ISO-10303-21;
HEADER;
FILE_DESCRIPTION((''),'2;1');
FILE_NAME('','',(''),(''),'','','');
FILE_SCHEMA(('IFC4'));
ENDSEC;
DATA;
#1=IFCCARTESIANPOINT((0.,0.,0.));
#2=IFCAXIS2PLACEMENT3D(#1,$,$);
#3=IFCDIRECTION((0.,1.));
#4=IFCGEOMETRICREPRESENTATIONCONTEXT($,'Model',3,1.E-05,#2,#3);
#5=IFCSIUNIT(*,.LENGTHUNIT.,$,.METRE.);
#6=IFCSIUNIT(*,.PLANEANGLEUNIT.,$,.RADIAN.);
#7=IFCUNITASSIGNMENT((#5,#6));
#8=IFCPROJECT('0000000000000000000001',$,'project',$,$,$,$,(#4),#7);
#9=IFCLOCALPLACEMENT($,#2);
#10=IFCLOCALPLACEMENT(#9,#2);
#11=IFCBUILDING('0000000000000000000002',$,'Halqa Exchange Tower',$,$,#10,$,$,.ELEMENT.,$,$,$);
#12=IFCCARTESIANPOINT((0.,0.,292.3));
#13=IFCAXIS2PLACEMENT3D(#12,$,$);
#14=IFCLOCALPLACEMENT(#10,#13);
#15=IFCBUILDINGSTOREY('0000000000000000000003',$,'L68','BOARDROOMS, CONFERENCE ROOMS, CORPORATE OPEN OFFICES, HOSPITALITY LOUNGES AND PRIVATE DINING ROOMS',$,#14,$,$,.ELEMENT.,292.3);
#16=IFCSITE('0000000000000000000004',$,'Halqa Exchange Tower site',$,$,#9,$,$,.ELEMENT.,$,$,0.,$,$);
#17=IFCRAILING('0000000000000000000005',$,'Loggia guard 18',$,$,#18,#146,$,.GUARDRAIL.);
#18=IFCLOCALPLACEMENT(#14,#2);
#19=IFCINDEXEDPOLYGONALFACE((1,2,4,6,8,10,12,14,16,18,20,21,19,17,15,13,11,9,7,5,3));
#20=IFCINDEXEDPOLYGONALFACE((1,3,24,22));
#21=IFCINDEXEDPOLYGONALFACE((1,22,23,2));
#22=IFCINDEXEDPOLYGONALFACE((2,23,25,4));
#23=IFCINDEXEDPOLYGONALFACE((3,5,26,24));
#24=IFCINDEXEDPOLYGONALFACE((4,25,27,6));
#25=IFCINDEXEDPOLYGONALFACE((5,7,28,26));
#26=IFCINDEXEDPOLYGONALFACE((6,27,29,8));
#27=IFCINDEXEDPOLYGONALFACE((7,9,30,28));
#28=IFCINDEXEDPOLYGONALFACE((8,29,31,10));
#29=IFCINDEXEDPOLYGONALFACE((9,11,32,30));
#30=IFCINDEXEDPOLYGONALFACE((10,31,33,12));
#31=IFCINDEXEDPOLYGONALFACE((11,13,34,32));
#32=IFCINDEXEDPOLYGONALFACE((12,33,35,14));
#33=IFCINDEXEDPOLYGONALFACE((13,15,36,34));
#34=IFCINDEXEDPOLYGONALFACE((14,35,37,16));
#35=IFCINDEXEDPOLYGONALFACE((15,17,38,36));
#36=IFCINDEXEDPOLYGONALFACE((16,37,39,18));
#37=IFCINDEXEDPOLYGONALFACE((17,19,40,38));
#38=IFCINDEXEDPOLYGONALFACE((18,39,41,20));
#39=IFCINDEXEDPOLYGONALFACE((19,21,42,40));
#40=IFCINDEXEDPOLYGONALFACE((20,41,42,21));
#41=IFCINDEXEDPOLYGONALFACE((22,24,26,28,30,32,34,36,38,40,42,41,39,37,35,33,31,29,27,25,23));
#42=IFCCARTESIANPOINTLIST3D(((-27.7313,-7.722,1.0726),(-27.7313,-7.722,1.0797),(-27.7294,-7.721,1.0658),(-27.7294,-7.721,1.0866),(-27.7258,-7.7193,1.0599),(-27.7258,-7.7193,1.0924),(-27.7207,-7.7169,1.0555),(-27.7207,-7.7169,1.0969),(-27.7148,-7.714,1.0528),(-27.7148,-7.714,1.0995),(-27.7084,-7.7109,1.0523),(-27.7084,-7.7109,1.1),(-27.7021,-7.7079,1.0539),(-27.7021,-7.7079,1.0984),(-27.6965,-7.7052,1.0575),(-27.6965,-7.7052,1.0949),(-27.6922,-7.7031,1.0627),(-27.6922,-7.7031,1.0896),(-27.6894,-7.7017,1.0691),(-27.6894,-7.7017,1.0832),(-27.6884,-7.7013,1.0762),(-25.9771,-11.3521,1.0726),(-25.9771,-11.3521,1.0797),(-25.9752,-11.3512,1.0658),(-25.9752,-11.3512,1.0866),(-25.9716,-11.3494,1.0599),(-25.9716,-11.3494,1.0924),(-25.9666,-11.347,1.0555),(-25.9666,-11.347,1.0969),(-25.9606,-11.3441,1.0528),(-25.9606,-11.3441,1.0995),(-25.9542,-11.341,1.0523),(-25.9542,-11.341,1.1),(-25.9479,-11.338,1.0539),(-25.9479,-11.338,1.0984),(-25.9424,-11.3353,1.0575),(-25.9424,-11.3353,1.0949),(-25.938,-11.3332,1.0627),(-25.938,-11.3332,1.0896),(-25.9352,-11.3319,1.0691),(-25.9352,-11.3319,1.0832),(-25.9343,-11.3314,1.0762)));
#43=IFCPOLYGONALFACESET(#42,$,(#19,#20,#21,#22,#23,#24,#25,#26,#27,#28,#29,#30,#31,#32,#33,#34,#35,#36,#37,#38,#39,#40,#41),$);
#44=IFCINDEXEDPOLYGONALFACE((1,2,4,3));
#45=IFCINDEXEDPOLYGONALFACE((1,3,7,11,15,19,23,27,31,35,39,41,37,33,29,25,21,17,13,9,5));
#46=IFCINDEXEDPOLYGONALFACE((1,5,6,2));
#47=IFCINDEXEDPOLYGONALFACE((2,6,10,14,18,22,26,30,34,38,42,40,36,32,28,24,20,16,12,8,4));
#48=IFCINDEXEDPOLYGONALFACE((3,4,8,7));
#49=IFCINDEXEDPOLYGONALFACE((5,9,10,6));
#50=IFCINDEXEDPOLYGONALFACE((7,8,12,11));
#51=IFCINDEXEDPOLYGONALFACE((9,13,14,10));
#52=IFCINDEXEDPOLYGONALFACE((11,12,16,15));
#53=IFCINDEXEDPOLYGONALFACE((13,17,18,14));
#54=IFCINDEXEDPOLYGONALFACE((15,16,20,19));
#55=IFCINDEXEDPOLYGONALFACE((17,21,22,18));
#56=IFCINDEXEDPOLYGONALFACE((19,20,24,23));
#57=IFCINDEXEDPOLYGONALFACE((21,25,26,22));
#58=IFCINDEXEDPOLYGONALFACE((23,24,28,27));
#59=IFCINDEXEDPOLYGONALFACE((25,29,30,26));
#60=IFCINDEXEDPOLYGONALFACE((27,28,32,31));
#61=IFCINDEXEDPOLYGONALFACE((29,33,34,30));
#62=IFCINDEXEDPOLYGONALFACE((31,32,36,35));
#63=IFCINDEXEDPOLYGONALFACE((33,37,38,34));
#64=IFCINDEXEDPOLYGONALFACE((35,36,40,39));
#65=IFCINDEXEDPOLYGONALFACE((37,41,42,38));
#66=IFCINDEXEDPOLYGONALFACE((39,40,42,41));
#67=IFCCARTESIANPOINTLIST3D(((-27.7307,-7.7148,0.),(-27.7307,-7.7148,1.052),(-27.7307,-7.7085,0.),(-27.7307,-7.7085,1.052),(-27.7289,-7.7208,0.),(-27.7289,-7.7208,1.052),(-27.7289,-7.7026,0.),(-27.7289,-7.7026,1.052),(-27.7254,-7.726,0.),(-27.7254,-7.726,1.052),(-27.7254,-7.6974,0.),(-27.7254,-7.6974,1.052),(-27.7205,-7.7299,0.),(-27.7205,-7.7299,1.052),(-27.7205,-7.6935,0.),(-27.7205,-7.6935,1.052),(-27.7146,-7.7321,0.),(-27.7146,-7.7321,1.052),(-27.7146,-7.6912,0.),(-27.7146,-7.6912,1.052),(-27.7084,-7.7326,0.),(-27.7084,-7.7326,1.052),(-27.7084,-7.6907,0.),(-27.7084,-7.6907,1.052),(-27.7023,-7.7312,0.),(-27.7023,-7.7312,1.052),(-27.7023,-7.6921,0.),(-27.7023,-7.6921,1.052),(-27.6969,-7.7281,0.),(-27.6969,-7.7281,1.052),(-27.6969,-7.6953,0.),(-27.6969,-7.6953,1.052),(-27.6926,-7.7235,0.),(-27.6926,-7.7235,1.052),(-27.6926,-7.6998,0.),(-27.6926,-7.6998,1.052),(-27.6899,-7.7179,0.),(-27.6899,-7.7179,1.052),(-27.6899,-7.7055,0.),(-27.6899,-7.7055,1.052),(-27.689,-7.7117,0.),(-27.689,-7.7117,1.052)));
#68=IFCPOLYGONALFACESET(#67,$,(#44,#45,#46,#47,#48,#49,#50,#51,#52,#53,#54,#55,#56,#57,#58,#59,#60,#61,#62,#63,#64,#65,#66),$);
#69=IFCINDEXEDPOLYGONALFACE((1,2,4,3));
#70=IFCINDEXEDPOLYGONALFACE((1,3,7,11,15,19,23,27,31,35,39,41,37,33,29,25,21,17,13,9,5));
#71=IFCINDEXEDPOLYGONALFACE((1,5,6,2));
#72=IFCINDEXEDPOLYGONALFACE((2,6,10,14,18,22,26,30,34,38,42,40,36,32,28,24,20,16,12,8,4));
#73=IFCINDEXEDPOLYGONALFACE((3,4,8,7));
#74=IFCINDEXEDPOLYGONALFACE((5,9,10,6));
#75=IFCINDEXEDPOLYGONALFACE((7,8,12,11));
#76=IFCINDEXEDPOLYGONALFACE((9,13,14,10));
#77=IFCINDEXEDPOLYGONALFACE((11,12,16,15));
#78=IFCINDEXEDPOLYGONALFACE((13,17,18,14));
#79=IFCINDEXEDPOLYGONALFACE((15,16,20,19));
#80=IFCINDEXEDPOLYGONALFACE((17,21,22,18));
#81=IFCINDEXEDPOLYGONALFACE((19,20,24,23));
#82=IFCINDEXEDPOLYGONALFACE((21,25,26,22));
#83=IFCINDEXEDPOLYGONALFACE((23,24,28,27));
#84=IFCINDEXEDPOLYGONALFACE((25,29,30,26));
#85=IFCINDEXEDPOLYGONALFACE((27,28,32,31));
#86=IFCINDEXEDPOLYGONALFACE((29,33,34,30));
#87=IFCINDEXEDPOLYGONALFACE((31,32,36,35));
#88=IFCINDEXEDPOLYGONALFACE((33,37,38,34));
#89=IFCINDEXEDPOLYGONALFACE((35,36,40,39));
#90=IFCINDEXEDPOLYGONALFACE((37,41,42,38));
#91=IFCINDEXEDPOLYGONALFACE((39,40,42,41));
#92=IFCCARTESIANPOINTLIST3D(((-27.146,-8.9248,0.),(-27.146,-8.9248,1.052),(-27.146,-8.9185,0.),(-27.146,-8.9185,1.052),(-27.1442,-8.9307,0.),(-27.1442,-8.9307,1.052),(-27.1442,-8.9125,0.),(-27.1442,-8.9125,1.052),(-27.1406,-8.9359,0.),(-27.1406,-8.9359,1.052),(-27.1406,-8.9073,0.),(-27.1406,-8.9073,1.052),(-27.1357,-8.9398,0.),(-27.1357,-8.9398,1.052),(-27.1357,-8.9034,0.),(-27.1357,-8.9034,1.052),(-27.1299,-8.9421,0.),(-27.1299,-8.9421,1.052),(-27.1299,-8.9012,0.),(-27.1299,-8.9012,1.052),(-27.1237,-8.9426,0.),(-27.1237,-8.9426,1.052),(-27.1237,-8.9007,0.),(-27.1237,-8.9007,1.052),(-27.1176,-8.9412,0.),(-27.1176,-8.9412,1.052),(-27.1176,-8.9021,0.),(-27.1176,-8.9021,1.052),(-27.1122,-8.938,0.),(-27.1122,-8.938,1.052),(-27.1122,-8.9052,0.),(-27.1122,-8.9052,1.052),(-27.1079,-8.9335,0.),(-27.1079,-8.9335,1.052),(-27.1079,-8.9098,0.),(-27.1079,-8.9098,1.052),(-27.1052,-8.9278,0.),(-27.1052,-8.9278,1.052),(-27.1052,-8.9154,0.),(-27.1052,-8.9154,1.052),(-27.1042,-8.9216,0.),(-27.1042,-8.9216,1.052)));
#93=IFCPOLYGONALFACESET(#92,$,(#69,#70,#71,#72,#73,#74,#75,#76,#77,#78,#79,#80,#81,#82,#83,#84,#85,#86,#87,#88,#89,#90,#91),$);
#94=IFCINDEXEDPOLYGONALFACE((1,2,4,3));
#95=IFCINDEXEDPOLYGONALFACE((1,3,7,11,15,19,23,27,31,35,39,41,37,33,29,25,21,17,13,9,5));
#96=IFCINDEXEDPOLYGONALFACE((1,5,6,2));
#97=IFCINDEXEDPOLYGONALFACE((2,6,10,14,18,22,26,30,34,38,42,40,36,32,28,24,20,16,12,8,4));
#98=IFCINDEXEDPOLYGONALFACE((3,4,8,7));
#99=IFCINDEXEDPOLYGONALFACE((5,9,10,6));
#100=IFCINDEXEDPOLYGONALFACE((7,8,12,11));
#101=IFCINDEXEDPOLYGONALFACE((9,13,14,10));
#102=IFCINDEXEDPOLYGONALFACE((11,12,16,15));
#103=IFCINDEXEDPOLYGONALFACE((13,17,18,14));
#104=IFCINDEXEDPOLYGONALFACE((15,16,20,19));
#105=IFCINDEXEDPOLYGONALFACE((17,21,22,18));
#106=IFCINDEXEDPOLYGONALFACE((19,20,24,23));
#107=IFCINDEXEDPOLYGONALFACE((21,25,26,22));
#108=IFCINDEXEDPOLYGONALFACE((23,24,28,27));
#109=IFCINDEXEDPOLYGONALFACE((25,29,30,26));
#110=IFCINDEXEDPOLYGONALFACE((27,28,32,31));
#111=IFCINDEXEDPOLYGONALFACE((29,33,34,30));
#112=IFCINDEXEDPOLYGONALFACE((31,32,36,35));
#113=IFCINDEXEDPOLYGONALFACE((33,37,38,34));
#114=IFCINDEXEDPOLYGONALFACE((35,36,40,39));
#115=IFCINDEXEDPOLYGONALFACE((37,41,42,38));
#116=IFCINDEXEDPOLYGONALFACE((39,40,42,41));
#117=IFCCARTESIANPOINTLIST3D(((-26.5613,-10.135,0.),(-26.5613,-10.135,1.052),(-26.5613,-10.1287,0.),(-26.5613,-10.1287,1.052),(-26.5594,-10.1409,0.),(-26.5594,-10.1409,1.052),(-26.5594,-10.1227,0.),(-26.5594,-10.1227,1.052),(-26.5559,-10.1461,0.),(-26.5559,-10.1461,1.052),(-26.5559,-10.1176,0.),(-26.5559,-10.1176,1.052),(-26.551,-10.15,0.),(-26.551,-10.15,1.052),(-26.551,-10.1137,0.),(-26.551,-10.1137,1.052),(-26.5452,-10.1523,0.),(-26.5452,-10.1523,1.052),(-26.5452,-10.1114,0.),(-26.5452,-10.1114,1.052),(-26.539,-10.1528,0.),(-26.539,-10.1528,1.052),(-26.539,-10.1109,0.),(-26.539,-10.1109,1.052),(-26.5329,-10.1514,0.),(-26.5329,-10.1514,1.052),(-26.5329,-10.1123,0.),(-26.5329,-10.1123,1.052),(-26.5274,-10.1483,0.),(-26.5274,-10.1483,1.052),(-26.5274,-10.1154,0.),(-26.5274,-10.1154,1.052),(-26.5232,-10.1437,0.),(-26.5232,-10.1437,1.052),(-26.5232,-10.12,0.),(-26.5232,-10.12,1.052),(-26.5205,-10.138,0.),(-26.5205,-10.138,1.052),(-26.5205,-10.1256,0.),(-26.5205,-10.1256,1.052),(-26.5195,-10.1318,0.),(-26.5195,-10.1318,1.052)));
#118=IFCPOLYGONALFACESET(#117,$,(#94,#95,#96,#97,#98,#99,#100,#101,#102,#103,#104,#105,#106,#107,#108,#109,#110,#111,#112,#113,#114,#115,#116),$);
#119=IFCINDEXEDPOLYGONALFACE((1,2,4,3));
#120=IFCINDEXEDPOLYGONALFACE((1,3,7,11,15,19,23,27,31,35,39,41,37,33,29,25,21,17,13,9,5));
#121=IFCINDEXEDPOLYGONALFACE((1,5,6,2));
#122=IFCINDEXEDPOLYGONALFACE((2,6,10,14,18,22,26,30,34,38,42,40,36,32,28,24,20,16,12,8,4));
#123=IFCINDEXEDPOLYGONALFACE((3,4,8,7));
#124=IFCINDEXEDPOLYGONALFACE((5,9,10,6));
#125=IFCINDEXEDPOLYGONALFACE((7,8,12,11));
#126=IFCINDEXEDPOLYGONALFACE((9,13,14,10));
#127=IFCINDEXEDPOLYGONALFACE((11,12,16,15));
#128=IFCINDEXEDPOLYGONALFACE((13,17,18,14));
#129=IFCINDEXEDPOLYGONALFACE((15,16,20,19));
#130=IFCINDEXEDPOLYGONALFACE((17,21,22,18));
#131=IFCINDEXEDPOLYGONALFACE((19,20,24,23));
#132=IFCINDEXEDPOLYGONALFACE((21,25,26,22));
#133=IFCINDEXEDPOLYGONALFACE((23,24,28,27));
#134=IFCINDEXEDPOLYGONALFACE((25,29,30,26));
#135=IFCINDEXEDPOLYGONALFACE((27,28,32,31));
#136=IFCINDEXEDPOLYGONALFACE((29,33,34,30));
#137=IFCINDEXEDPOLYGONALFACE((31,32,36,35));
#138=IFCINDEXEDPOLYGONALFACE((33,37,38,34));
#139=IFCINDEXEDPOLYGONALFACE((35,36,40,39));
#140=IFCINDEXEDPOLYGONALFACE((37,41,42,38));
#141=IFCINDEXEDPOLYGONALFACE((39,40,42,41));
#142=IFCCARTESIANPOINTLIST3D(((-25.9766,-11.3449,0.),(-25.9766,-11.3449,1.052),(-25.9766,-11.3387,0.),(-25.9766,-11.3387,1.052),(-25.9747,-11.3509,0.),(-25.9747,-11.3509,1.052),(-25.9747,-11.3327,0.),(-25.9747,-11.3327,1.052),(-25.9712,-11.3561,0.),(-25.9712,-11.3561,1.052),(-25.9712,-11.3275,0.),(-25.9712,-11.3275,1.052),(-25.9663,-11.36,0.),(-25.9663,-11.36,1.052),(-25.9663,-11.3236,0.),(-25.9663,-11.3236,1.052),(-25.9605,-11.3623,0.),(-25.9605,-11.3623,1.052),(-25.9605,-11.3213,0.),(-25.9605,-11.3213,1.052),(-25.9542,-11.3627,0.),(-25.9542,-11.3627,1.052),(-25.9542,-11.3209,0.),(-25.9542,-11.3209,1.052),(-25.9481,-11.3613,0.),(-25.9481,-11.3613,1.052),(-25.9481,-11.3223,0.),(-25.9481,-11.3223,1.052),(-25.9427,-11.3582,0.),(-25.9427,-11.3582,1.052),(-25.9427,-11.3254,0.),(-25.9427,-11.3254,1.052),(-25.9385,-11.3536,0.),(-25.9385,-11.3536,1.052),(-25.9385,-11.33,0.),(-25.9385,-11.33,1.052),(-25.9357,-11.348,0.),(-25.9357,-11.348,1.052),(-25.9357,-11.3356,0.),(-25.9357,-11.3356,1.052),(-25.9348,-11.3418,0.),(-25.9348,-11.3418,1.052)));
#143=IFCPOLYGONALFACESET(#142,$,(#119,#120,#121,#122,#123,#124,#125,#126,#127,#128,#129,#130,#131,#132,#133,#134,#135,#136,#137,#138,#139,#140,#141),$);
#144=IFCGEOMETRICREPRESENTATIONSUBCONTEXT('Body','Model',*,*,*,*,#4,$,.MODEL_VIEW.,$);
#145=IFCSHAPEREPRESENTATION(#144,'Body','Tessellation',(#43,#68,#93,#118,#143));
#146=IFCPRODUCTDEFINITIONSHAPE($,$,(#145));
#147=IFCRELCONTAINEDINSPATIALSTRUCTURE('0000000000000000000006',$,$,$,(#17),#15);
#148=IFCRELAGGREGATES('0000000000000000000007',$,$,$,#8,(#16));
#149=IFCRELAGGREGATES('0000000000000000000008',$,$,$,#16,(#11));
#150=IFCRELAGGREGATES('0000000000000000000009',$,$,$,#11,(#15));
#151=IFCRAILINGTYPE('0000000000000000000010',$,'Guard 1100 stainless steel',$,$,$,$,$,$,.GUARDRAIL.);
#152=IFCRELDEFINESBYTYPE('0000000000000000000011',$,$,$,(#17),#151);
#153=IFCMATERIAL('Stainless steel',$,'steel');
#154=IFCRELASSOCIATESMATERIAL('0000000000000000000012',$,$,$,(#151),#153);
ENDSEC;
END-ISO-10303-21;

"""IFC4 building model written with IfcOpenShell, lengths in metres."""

from ifc_helpers import new_model, si_unit, direction, frame, origin, origin_2d, place, context, subcontext, project, spatial, circle, extrude, material, type_object, element, save


model = new_model("IFC4")

# Units and contexts
model_context = context("Model", 3, precision=1e-05, world=origin(), true_north=direction((0.0, 1.0)))
body_context = subcontext(model_context, "Body", "Model", "MODEL_VIEW")
ifc_project = project(units=[si_unit("LENGTHUNIT", "METRE"), si_unit("PLANEANGLEUNIT", "RADIAN")], contexts=[model_context])

# Site, building, storey
site_placement = place(None, origin())
site = spatial("IfcSite", under=ifc_project, at=site_placement, Name="Halqa Exchange Tower site", CompositionType="ELEMENT", RefElevation=0.0)
building_placement = place(site_placement, origin())
building = spatial("IfcBuilding", under=site, at=building_placement, Name="Halqa Exchange Tower", CompositionType="ELEMENT")
storey_placement = place(building_placement, frame((0.0, 0.0, 292.3)))
storey = spatial("IfcBuildingStorey", under=building, at=storey_placement, Name="L68", Description="BOARDROOMS, CONFERENCE ROOMS, CORPORATE OPEN OFFICES, HOSPITALITY LOUNGES AND PRIVATE DINING ROOMS", CompositionType="ELEMENT", Elevation=292.3)

# Railing
ifc_material_1 = material(Name="Stainless steel", Category="steel")
railing_type = type_object("IfcRailingType", Name="Guard 1100 stainless steel", PredefinedType="GUARDRAIL", material=ifc_material_1)
railing_1_placement = place(storey_placement, frame((-27.71, -7.7117, 0.0)))
element("IfcRailing", 1, at=railing_1_placement, inside=storey, type_object=railing_type, Name="Loggia guard 18", PredefinedType="GUARDRAIL", context=body_context, shape_type="SweptSolid", body=[
    extrude(circle(Radius=0.0239, at=origin_2d()), frame((0.0, 0.0, 1.0762), z_axis=(0.435086, -0.900389, 0.0), x_axis=(0.900389, 0.435086, 0.0)), (0.0, 0.0, 1.0), 4.0317),
    extrude(circle(Radius=0.021, at=origin_2d()), origin(), (0.0, 0.0, 1.0), 1.052),
    extrude(circle(Radius=0.021, at=origin_2d()), frame((0.5847, -1.21, 0.0)), (0.0, 0.0, 1.0), 1.052),
    extrude(circle(Radius=0.021, at=origin_2d()), frame((1.1694, -2.4202, 0.0)), (0.0, 0.0, 1.0), 1.052),
    extrude(circle(Radius=0.021, at=origin_2d()), frame((1.7542, -3.6301, 0.0)), (0.0, 0.0, 1.0), 1.052),
])

save(model, "model.ifc")
